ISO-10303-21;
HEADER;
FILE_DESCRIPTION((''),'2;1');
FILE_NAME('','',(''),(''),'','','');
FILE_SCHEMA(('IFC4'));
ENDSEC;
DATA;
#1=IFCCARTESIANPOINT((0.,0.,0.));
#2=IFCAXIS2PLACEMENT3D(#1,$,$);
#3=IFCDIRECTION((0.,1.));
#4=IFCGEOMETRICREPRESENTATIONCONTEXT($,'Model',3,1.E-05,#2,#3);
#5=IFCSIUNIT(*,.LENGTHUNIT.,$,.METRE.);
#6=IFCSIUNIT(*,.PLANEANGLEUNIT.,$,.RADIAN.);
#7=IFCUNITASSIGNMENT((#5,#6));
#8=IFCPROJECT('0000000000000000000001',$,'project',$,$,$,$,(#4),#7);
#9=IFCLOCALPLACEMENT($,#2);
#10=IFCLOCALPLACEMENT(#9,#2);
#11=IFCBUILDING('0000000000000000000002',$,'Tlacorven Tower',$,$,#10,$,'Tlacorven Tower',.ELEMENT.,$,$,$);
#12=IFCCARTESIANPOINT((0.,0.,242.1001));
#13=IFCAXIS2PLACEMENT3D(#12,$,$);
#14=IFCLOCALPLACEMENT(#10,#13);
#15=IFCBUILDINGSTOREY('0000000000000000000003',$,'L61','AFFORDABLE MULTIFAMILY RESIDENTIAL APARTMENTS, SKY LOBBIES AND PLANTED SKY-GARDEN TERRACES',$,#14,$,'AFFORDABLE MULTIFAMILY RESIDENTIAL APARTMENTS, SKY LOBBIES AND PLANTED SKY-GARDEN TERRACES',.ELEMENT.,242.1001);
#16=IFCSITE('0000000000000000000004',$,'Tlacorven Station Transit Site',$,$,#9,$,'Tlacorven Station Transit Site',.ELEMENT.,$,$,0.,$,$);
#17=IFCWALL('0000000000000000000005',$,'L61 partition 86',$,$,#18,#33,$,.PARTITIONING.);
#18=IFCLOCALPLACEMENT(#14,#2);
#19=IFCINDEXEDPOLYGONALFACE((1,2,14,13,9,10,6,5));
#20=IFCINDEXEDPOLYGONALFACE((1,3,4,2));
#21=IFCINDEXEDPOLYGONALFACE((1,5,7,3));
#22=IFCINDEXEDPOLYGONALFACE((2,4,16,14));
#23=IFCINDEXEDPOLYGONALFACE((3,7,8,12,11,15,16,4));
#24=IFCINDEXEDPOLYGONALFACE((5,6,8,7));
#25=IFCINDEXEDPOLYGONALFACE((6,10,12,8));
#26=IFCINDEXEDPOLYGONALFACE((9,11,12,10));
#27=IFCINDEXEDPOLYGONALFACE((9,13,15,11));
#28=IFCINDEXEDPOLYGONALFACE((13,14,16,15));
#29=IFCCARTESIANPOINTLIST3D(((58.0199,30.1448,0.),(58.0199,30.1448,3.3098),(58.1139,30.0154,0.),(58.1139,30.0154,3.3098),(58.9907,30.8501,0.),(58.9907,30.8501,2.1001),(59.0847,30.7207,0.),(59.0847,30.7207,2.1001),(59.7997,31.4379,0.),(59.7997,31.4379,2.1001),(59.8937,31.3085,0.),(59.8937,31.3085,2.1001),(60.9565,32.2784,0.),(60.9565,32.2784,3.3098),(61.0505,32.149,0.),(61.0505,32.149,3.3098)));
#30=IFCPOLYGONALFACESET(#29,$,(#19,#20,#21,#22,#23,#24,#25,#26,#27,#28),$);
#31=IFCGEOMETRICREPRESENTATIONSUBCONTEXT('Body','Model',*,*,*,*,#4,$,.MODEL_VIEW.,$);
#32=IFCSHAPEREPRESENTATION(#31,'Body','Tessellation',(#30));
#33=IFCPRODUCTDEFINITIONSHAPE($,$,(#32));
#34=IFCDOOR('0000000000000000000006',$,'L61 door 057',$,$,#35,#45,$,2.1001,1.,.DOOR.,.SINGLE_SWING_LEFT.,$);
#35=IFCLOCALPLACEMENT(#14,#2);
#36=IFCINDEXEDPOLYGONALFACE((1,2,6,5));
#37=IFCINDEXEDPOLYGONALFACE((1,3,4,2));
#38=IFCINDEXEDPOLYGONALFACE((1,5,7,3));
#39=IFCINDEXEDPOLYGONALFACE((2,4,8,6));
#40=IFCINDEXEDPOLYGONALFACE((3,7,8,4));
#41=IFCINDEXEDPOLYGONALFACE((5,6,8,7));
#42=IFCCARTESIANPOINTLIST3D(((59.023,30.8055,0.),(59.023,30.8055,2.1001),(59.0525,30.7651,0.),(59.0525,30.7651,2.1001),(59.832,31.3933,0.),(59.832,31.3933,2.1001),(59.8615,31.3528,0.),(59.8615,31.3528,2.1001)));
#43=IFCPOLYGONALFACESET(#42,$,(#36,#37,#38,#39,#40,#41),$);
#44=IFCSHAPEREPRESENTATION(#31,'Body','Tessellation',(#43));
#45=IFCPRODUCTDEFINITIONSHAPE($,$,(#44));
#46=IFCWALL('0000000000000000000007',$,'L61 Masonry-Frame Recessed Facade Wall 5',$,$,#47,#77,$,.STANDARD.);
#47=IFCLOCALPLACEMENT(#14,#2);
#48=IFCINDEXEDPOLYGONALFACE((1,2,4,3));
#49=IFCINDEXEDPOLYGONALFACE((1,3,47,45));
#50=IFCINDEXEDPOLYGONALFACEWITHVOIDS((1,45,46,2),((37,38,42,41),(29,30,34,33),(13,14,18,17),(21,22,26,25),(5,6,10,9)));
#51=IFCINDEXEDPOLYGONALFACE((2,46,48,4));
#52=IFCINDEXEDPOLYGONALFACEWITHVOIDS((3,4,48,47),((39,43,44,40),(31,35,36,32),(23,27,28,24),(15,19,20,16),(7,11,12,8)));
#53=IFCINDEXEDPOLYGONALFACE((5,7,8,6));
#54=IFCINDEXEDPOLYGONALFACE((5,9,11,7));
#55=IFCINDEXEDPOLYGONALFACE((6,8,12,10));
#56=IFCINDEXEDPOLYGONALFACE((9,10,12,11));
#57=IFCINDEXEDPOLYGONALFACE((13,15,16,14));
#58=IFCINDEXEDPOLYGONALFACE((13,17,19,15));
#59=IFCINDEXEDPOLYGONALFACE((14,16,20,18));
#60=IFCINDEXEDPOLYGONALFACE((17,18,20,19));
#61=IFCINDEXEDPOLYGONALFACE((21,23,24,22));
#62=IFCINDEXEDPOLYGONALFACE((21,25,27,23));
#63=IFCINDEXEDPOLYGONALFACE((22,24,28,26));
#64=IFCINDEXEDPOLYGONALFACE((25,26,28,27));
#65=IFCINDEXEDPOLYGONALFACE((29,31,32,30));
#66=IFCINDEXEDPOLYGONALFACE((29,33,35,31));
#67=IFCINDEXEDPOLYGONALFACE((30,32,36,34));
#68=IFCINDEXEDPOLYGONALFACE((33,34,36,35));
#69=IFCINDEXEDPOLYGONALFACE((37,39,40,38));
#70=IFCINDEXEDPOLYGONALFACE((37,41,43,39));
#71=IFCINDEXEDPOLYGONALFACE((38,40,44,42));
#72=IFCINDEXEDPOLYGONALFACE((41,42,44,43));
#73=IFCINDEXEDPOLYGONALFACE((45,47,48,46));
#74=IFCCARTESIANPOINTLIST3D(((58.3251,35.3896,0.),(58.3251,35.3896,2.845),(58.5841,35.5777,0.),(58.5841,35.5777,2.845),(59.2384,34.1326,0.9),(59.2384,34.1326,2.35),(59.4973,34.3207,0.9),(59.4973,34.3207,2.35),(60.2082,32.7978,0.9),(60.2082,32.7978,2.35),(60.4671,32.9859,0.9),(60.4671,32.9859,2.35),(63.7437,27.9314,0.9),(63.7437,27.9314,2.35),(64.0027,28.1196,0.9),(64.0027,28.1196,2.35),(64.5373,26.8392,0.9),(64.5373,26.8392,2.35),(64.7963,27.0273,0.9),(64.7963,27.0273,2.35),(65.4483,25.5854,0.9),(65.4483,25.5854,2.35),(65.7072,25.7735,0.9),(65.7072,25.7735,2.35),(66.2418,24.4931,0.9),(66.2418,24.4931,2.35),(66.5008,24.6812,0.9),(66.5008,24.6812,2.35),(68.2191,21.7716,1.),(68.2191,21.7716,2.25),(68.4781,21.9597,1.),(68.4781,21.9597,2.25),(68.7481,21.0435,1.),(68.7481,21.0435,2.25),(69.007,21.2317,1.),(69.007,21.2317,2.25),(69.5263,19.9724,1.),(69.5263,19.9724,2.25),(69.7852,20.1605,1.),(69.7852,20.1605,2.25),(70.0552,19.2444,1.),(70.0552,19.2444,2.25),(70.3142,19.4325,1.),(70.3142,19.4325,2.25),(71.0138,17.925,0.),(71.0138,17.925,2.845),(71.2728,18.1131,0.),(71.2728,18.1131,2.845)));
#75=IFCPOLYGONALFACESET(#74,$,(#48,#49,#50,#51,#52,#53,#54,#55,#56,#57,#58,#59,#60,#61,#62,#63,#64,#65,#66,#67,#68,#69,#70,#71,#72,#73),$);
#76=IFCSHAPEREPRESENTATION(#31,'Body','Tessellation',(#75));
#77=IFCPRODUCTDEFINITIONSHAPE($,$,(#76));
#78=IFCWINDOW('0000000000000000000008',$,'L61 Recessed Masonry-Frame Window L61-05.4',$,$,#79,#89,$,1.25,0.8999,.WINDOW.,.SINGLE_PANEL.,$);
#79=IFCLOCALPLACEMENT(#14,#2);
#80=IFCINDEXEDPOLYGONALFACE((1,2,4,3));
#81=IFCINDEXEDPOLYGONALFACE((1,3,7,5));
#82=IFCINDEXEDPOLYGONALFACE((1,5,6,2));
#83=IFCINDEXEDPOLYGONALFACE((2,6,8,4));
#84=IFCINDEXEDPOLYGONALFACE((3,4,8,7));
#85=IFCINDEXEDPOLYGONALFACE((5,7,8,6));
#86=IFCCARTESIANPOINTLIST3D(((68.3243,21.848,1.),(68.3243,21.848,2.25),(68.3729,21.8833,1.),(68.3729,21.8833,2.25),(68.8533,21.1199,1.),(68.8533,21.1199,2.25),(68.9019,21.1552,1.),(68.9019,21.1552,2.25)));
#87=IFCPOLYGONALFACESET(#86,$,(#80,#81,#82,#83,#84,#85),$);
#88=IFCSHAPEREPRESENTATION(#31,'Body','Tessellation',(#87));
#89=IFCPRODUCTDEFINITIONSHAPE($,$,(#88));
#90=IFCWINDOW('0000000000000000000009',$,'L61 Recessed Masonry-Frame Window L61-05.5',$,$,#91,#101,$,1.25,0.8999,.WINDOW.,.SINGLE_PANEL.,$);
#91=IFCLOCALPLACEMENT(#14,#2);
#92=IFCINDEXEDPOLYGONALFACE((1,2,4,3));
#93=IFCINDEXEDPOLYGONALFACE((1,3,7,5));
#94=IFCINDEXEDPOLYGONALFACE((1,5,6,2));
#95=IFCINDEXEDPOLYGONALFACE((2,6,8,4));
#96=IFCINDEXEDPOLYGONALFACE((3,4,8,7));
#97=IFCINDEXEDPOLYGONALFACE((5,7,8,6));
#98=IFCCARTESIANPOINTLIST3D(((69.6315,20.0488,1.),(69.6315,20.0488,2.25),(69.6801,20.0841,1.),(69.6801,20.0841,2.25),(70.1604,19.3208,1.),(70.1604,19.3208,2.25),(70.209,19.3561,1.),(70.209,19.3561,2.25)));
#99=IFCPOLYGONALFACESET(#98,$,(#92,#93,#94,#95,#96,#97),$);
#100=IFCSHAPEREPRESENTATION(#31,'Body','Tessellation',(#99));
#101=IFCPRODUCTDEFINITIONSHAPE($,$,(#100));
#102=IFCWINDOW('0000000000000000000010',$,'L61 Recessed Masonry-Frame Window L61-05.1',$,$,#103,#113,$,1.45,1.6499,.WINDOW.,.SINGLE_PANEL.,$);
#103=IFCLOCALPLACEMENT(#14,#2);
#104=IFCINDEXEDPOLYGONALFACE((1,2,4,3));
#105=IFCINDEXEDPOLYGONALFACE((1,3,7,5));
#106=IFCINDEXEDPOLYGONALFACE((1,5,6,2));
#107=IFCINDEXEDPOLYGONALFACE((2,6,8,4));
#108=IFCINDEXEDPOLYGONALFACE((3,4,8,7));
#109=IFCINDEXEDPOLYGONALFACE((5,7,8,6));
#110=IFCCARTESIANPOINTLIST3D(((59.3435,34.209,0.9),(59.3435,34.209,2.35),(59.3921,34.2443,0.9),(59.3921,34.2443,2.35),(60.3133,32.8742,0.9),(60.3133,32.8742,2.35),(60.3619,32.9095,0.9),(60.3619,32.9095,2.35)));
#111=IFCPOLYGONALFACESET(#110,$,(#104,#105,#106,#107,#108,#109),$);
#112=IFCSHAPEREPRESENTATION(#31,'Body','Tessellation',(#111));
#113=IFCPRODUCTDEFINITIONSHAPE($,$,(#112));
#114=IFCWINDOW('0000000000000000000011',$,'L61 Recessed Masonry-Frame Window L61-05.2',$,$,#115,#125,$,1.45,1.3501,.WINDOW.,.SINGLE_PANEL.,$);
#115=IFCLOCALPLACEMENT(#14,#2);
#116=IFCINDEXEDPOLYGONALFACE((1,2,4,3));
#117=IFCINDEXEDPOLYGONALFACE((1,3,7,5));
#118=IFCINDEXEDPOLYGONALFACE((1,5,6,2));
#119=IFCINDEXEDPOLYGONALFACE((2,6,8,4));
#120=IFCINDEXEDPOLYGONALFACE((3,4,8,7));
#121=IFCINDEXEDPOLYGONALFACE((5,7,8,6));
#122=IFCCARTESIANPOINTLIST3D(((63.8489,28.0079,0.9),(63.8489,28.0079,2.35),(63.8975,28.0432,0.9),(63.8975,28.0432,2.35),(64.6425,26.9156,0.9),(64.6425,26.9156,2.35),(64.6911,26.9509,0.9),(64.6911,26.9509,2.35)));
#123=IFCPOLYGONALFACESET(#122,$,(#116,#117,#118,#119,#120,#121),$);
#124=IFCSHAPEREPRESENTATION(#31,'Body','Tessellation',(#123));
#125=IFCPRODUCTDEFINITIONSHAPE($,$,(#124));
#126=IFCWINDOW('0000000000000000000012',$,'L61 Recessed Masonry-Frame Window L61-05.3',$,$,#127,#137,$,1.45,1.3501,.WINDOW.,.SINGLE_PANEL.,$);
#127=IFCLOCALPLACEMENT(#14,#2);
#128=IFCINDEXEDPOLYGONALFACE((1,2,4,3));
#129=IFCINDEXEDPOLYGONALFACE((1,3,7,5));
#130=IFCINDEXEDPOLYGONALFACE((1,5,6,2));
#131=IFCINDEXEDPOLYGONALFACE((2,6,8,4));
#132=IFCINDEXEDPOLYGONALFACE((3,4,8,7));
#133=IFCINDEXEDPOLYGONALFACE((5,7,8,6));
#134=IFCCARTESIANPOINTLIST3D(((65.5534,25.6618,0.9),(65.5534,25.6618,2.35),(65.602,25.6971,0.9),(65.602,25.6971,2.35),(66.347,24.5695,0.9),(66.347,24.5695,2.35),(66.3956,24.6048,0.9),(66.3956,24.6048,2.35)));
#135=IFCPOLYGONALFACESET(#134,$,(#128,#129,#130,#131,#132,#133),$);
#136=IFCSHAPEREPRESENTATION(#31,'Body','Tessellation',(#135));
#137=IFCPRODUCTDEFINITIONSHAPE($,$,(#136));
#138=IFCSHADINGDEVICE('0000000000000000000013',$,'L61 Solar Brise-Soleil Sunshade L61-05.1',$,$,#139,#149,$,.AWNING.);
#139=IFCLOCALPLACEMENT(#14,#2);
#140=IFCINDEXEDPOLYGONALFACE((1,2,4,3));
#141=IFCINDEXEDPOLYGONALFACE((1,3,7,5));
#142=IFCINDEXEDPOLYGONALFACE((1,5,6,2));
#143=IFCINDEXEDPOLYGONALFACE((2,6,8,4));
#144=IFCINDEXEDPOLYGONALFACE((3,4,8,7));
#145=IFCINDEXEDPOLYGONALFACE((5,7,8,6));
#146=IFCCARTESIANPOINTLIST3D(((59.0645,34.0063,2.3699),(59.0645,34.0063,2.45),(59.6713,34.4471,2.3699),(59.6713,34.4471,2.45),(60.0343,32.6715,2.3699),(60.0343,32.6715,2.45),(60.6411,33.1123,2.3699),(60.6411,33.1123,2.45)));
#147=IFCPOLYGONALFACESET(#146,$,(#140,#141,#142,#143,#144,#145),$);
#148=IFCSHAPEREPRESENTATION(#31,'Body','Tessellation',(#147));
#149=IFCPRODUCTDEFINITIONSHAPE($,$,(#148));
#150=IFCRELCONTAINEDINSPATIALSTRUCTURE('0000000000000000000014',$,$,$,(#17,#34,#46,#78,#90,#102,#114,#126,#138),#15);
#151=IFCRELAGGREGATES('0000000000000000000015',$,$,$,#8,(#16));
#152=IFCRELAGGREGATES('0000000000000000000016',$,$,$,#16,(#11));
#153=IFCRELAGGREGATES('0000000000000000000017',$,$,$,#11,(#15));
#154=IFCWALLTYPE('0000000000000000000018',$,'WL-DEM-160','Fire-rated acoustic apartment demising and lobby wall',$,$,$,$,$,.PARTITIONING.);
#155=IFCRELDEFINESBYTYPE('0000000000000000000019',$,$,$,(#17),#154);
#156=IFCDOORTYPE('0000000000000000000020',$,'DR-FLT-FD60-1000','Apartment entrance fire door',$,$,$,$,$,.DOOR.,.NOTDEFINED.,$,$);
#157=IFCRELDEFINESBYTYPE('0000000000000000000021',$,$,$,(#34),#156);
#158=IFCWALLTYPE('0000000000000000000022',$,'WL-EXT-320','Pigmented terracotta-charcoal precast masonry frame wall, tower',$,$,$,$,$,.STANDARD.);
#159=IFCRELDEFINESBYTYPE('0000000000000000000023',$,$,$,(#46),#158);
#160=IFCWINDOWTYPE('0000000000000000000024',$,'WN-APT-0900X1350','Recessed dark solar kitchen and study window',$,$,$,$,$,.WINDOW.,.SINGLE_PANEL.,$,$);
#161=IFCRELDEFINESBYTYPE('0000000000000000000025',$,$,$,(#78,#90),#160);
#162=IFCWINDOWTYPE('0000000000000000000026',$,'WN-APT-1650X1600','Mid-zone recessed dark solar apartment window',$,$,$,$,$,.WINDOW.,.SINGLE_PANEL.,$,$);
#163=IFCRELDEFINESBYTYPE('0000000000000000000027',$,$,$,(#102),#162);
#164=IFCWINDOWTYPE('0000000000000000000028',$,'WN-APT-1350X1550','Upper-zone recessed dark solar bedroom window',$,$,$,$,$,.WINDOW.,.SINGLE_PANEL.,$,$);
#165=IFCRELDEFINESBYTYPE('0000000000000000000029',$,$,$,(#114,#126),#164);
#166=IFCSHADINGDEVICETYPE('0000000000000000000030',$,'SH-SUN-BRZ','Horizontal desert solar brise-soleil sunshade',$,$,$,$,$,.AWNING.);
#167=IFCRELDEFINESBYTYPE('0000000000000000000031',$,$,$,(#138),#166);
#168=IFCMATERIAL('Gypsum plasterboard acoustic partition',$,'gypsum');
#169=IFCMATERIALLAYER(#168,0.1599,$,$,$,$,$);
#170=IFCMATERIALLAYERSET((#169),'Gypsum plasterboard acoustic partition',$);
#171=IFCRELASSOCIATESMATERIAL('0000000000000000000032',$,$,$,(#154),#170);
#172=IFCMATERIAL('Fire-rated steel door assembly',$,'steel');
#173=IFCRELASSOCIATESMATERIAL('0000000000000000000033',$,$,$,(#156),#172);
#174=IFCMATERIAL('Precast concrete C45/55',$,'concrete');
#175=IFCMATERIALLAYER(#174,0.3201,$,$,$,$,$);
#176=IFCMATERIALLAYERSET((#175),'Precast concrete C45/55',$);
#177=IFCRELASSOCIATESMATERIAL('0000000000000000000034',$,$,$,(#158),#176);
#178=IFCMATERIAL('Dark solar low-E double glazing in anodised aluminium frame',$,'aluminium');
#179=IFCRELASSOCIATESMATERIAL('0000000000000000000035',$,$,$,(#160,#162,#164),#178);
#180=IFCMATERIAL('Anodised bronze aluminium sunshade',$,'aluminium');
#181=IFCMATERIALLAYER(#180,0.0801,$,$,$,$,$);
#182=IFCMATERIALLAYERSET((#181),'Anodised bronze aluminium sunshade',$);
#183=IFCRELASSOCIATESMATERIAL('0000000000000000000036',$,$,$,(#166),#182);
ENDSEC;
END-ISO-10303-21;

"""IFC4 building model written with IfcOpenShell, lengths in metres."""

from ifc_helpers import new_model, si_unit, direction, frame, frame_2d, origin, origin_2d, place, context, subcontext, project, spatial, rectangle, extrude, source, transform, mapped, material, layer, layer_set, type_object, element, fill, save


model = new_model("IFC4")

# Units and contexts
model_context = context("Model", 3, precision=1e-05, world=origin(), true_north=direction((0.0, 1.0)))
body_context = subcontext(model_context, "Body", "Model", "MODEL_VIEW")
ifc_project = project(units=[si_unit("LENGTHUNIT", "METRE"), si_unit("PLANEANGLEUNIT", "RADIAN")], contexts=[model_context])

# Site, building, storey
site_placement = place(None, origin())
site = spatial("IfcSite", under=ifc_project, at=site_placement, Name="Tlacorven Station Transit Site", LongName="Tlacorven Station Transit Site", CompositionType="ELEMENT", RefElevation=0.0)
building_placement = place(site_placement, origin())
building = spatial("IfcBuilding", under=site, at=building_placement, Name="Tlacorven Tower", LongName="Tlacorven Tower", CompositionType="ELEMENT")
storey_placement = place(building_placement, frame((0.0, 0.0, 242.1001)))
storey = spatial("IfcBuildingStorey", under=building, at=storey_placement, Name="L61", Description="AFFORDABLE MULTIFAMILY RESIDENTIAL APARTMENTS, SKY LOBBIES AND PLANTED SKY-GARDEN TERRACES", LongName="AFFORDABLE MULTIFAMILY RESIDENTIAL APARTMENTS, SKY LOBBIES AND PLANTED SKY-GARDEN TERRACES", CompositionType="ELEMENT", Elevation=242.1001)

# Shared definitions
ifc_material_1 = material(Name="Gypsum plasterboard acoustic partition", Category="gypsum")
ifc_layer_1 = layer(ifc_material_1, 0.1599)
ifc_layer_set_1 = layer_set([ifc_layer_1], Name="Gypsum plasterboard acoustic partition")
wall_type_1 = type_object("IfcWallType", Name="WL-DEM-160", Description="Fire-rated acoustic apartment demising and lobby wall", PredefinedType="PARTITIONING", material=ifc_layer_set_1)

# Wall, opening, door
ifc_material_2 = material(Name="Fire-rated steel door assembly", Category="steel")
door_type = type_object("IfcDoorType", Name="DR-FLT-FD60-1000", Description="Apartment entrance fire door", OperationType="NOTDEFINED", PredefinedType="DOOR", material=ifc_material_2)
shared_shape_1 = source(origin(), body_context, "Body", "SweptSolid", [
    extrude(rectangle(XDim=1.0, YDim=2.1001, at=frame_2d((0.5, 1.05))), frame((0.0, 0.0249, 0.0), z_axis=(0.0, -1.0, 0.0), x_axis=(1.0, 0.0, 0.0)), (0.0, 0.0, 1.0), 0.05),
])
wall_1_placement = place(storey_placement, frame((58.0669, 30.0801, 0.0), z_axis=(0.0, 0.0, 1.0), x_axis=(0.809012, 0.587792, 0.0)))
wall_1 = element("IfcWall", 1, at=wall_1_placement, inside=storey, type_object=wall_type_1, Name="L61 partition 86", PredefinedType="PARTITIONING", context=body_context, shape_type="SweptSolid", body=[
    extrude(rectangle(XDim=3.6299, YDim=0.1599, at=frame_2d((1.8149, 0.0))), origin(), (0.0, 0.0, 1.0), 3.3098),
])
opening_1_placement = place(wall_1_placement, frame((1.2, 0.0, 0.0)))
opening_1 = element("IfcOpeningElement", 2, at=opening_1_placement, cuts=wall_1, PredefinedType="OPENING", context=body_context, shape_type="SweptSolid", body=[
    extrude(rectangle(XDim=1.0, YDim=2.1001, at=frame_2d((0.5, 1.05))), frame((0.0, 0.0898, 0.0), z_axis=(0.0, -1.0, 0.0), x_axis=(1.0, 0.0, 0.0)), (0.0, 0.0, 1.0), 0.1799),
])
door_1_placement = place(opening_1_placement, origin())
door_1 = element("IfcDoor", 3, at=door_1_placement, inside=storey, type_object=door_type, Name="L61 door 057", OperationType="SINGLE_SWING_LEFT", OverallHeight=2.1001, OverallWidth=1.0, PredefinedType="DOOR", context=body_context, shape_type="MappedRepresentation", body=[
    mapped(shared_shape_1, transform((0.0, 0.0, 0.0), scale=1.0)),
])
fill(opening_1, door_1)

# Wall, openings, windows
ifc_material_3 = material(Name="Precast concrete C45/55", Category="concrete")
ifc_layer_2 = layer(ifc_material_3, 0.3201)
ifc_layer_set_2 = layer_set([ifc_layer_2], Name="Precast concrete C45/55")
wall_type_2 = type_object("IfcWallType", Name="WL-EXT-320", Description="Pigmented terracotta-charcoal precast masonry frame wall, tower", PredefinedType="STANDARD", material=ifc_layer_set_2)
wall_2_placement = place(storey_placement, frame((58.4546, 35.4836, 0.0), z_axis=(0.0, 0.0, 1.0), x_axis=(0.587784, -0.809018, 0.0)))
wall_2 = element("IfcWall", 4, at=wall_2_placement, inside=storey, type_object=wall_type_2, Name="L61 Masonry-Frame Recessed Facade Wall 5", PredefinedType="STANDARD", context=body_context, shape_type="SweptSolid", body=[
    extrude(rectangle(XDim=21.5874, YDim=0.3201, at=frame_2d((10.7937, 0.0))), origin(), (0.0, 0.0, 1.0), 2.845),
])
opening_2_placement = place(wall_2_placement, frame((1.5537, 0.0, 0.8999)))
opening_2 = element("IfcOpeningElement", 5, at=opening_2_placement, cuts=wall_2, PredefinedType="OPENING", context=body_context, shape_type="SweptSolid", body=[
    extrude(rectangle(XDim=1.6499, YDim=1.45, at=frame_2d((0.825, 0.7251))), frame((0.0, 0.1699, 0.0), z_axis=(0.0, -1.0, 0.0), x_axis=(1.0, 0.0, 0.0)), (0.0, 0.0, 1.0), 0.3401),
])
opening_3_placement = place(wall_2_placement, frame((9.2188, 0.0, 0.8999)))
opening_3 = element("IfcOpeningElement", 6, at=opening_3_placement, cuts=wall_2, PredefinedType="OPENING", context=body_context, shape_type="SweptSolid", body=[
    extrude(rectangle(XDim=1.3501, YDim=1.45, at=frame_2d((0.675, 0.7251))), frame((0.0, 0.1699, 0.0), z_axis=(0.0, -1.0, 0.0), x_axis=(1.0, 0.0, 0.0)), (0.0, 0.0, 1.0), 0.3401),
])
opening_4_placement = place(wall_2_placement, frame((12.1187, 0.0, 0.8999)))
opening_4 = element("IfcOpeningElement", 7, at=opening_4_placement, cuts=wall_2, PredefinedType="OPENING", context=body_context, shape_type="SweptSolid", body=[
    extrude(rectangle(XDim=1.3501, YDim=1.45, at=frame_2d((0.675, 0.7251))), frame((0.0, 0.1699, 0.0), z_axis=(0.0, -1.0, 0.0), x_axis=(1.0, 0.0, 0.0)), (0.0, 0.0, 1.0), 0.3401),
])
opening_5_placement = place(wall_2_placement, frame((16.8328, 0.0, 1.0)))
opening_5 = element("IfcOpeningElement", 8, at=opening_5_placement, cuts=wall_2, PredefinedType="OPENING", context=body_context, shape_type="SweptSolid", body=[
    extrude(rectangle(XDim=0.8999, YDim=1.25, at=frame_2d((0.45, 0.625))), frame((0.0, 0.1699, 0.0), z_axis=(0.0, -1.0, 0.0), x_axis=(1.0, 0.0, 0.0)), (0.0, 0.0, 1.0), 0.3401),
])
opening_6_placement = place(wall_2_placement, frame((19.0566, 0.0, 1.0)))
opening_6 = element("IfcOpeningElement", 9, at=opening_6_placement, cuts=wall_2, PredefinedType="OPENING", context=body_context, shape_type="SweptSolid", body=[
    extrude(rectangle(XDim=0.8999, YDim=1.25, at=frame_2d((0.45, 0.625))), frame((0.0, 0.1699, 0.0), z_axis=(0.0, -1.0, 0.0), x_axis=(1.0, 0.0, 0.0)), (0.0, 0.0, 1.0), 0.3401),
])
ifc_material_4 = material(Name="Dark solar low-E double glazing in anodised aluminium frame", Category="aluminium")
window_type_1 = type_object("IfcWindowType", Name="WN-APT-0900X1350", Description="Recessed dark solar kitchen and study window", PartitioningType="SINGLE_PANEL", PredefinedType="WINDOW", material=ifc_material_4)
shared_shape_2 = source(origin(), body_context, "Body", "SweptSolid", [
    extrude(rectangle(XDim=0.8999, YDim=1.25, at=frame_2d((0.45, 0.625))), frame((0.0, 0.03, 0.0), z_axis=(0.0, -1.0, 0.0), x_axis=(1.0, 0.0, 0.0)), (0.0, 0.0, 1.0), 0.0601),
])
window_1_placement = place(opening_5_placement, origin())
window_1 = element("IfcWindow", 10, at=window_1_placement, inside=storey, type_object=window_type_1, Name="L61 Recessed Masonry-Frame Window L61-05.4", OverallHeight=1.25, OverallWidth=0.8999, PartitioningType="SINGLE_PANEL", PredefinedType="WINDOW", context=body_context, shape_type="MappedRepresentation", body=[
    mapped(shared_shape_2, transform((0.0, 0.0, 0.0), scale=1.0)),
])
fill(opening_5, window_1)
window_2_placement = place(opening_6_placement, origin())
window_2 = element("IfcWindow", 11, at=window_2_placement, inside=storey, type_object=window_type_1, Name="L61 Recessed Masonry-Frame Window L61-05.5", OverallHeight=1.25, OverallWidth=0.8999, PartitioningType="SINGLE_PANEL", PredefinedType="WINDOW", context=body_context, shape_type="MappedRepresentation", body=[
    mapped(shared_shape_2, transform((0.0, 0.0, 0.0), scale=1.0)),
])
fill(opening_6, window_2)
window_type_2 = type_object("IfcWindowType", Name="WN-APT-1650X1600", Description="Mid-zone recessed dark solar apartment window", PartitioningType="SINGLE_PANEL", PredefinedType="WINDOW", material=ifc_material_4)
shared_shape_3 = source(origin(), body_context, "Body", "SweptSolid", [
    extrude(rectangle(XDim=1.6499, YDim=1.45, at=frame_2d((0.825, 0.7251))), frame((0.0, 0.03, 0.0), z_axis=(0.0, -1.0, 0.0), x_axis=(1.0, 0.0, 0.0)), (0.0, 0.0, 1.0), 0.0601),
])
window_3_placement = place(opening_2_placement, origin())
window_3 = element("IfcWindow", 12, at=window_3_placement, inside=storey, type_object=window_type_2, Name="L61 Recessed Masonry-Frame Window L61-05.1", OverallHeight=1.45, OverallWidth=1.6499, PartitioningType="SINGLE_PANEL", PredefinedType="WINDOW", context=body_context, shape_type="MappedRepresentation", body=[
    mapped(shared_shape_3, transform((0.0, 0.0, 0.0), scale=1.0)),
])
fill(opening_2, window_3)
window_type_3 = type_object("IfcWindowType", Name="WN-APT-1350X1550", Description="Upper-zone recessed dark solar bedroom window", PartitioningType="SINGLE_PANEL", PredefinedType="WINDOW", material=ifc_material_4)
shared_shape_4 = source(origin(), body_context, "Body", "SweptSolid", [
    extrude(rectangle(XDim=1.3501, YDim=1.45, at=frame_2d((0.675, 0.7251))), frame((0.0, 0.03, 0.0), z_axis=(0.0, -1.0, 0.0), x_axis=(1.0, 0.0, 0.0)), (0.0, 0.0, 1.0), 0.0601),
])
window_4_placement = place(opening_3_placement, origin())
window_4 = element("IfcWindow", 13, at=window_4_placement, inside=storey, type_object=window_type_3, Name="L61 Recessed Masonry-Frame Window L61-05.2", OverallHeight=1.45, OverallWidth=1.3501, PartitioningType="SINGLE_PANEL", PredefinedType="WINDOW", context=body_context, shape_type="MappedRepresentation", body=[
    mapped(shared_shape_4, transform((0.0, 0.0, 0.0), scale=1.0)),
])
fill(opening_3, window_4)
window_5_placement = place(opening_4_placement, origin())
window_5 = element("IfcWindow", 14, at=window_5_placement, inside=storey, type_object=window_type_3, Name="L61 Recessed Masonry-Frame Window L61-05.3", OverallHeight=1.45, OverallWidth=1.3501, PartitioningType="SINGLE_PANEL", PredefinedType="WINDOW", context=body_context, shape_type="MappedRepresentation", body=[
    mapped(shared_shape_4, transform((0.0, 0.0, 0.0), scale=1.0)),
])
fill(opening_4, window_5)

# Shading device
ifc_material_5 = material(Name="Anodised bronze aluminium sunshade", Category="aluminium")
ifc_layer_3 = layer(ifc_material_5, 0.0801)
ifc_layer_set_3 = layer_set([ifc_layer_3], Name="Anodised bronze aluminium sunshade")
shading_device_type = type_object("IfcShadingDeviceType", Name="SH-SUN-BRZ", Description="Horizontal desert solar brise-soleil sunshade", PredefinedType="AWNING", material=ifc_layer_set_3)
shared_shape_5 = source(origin(), body_context, "Body", "SweptSolid", [
    extrude(rectangle(XDim=1.6499, YDim=0.75, at=origin_2d()), origin(), (0.0, 0.0, 1.0), 0.0801),
])
shading_device_placement = place(storey_placement, frame((59.8528, 33.5593, 2.3699), z_axis=(0.0, 0.0, 1.0), x_axis=(0.587785, -0.809017, 0.0)))
element("IfcShadingDevice", 15, at=shading_device_placement, inside=storey, type_object=shading_device_type, Name="L61 Solar Brise-Soleil Sunshade L61-05.1", PredefinedType="AWNING", context=body_context, shape_type="MappedRepresentation", body=[
    mapped(shared_shape_5, transform((0.0, 0.0, 0.0), scale=1.0)),
])

save(model, "model.ifc")
